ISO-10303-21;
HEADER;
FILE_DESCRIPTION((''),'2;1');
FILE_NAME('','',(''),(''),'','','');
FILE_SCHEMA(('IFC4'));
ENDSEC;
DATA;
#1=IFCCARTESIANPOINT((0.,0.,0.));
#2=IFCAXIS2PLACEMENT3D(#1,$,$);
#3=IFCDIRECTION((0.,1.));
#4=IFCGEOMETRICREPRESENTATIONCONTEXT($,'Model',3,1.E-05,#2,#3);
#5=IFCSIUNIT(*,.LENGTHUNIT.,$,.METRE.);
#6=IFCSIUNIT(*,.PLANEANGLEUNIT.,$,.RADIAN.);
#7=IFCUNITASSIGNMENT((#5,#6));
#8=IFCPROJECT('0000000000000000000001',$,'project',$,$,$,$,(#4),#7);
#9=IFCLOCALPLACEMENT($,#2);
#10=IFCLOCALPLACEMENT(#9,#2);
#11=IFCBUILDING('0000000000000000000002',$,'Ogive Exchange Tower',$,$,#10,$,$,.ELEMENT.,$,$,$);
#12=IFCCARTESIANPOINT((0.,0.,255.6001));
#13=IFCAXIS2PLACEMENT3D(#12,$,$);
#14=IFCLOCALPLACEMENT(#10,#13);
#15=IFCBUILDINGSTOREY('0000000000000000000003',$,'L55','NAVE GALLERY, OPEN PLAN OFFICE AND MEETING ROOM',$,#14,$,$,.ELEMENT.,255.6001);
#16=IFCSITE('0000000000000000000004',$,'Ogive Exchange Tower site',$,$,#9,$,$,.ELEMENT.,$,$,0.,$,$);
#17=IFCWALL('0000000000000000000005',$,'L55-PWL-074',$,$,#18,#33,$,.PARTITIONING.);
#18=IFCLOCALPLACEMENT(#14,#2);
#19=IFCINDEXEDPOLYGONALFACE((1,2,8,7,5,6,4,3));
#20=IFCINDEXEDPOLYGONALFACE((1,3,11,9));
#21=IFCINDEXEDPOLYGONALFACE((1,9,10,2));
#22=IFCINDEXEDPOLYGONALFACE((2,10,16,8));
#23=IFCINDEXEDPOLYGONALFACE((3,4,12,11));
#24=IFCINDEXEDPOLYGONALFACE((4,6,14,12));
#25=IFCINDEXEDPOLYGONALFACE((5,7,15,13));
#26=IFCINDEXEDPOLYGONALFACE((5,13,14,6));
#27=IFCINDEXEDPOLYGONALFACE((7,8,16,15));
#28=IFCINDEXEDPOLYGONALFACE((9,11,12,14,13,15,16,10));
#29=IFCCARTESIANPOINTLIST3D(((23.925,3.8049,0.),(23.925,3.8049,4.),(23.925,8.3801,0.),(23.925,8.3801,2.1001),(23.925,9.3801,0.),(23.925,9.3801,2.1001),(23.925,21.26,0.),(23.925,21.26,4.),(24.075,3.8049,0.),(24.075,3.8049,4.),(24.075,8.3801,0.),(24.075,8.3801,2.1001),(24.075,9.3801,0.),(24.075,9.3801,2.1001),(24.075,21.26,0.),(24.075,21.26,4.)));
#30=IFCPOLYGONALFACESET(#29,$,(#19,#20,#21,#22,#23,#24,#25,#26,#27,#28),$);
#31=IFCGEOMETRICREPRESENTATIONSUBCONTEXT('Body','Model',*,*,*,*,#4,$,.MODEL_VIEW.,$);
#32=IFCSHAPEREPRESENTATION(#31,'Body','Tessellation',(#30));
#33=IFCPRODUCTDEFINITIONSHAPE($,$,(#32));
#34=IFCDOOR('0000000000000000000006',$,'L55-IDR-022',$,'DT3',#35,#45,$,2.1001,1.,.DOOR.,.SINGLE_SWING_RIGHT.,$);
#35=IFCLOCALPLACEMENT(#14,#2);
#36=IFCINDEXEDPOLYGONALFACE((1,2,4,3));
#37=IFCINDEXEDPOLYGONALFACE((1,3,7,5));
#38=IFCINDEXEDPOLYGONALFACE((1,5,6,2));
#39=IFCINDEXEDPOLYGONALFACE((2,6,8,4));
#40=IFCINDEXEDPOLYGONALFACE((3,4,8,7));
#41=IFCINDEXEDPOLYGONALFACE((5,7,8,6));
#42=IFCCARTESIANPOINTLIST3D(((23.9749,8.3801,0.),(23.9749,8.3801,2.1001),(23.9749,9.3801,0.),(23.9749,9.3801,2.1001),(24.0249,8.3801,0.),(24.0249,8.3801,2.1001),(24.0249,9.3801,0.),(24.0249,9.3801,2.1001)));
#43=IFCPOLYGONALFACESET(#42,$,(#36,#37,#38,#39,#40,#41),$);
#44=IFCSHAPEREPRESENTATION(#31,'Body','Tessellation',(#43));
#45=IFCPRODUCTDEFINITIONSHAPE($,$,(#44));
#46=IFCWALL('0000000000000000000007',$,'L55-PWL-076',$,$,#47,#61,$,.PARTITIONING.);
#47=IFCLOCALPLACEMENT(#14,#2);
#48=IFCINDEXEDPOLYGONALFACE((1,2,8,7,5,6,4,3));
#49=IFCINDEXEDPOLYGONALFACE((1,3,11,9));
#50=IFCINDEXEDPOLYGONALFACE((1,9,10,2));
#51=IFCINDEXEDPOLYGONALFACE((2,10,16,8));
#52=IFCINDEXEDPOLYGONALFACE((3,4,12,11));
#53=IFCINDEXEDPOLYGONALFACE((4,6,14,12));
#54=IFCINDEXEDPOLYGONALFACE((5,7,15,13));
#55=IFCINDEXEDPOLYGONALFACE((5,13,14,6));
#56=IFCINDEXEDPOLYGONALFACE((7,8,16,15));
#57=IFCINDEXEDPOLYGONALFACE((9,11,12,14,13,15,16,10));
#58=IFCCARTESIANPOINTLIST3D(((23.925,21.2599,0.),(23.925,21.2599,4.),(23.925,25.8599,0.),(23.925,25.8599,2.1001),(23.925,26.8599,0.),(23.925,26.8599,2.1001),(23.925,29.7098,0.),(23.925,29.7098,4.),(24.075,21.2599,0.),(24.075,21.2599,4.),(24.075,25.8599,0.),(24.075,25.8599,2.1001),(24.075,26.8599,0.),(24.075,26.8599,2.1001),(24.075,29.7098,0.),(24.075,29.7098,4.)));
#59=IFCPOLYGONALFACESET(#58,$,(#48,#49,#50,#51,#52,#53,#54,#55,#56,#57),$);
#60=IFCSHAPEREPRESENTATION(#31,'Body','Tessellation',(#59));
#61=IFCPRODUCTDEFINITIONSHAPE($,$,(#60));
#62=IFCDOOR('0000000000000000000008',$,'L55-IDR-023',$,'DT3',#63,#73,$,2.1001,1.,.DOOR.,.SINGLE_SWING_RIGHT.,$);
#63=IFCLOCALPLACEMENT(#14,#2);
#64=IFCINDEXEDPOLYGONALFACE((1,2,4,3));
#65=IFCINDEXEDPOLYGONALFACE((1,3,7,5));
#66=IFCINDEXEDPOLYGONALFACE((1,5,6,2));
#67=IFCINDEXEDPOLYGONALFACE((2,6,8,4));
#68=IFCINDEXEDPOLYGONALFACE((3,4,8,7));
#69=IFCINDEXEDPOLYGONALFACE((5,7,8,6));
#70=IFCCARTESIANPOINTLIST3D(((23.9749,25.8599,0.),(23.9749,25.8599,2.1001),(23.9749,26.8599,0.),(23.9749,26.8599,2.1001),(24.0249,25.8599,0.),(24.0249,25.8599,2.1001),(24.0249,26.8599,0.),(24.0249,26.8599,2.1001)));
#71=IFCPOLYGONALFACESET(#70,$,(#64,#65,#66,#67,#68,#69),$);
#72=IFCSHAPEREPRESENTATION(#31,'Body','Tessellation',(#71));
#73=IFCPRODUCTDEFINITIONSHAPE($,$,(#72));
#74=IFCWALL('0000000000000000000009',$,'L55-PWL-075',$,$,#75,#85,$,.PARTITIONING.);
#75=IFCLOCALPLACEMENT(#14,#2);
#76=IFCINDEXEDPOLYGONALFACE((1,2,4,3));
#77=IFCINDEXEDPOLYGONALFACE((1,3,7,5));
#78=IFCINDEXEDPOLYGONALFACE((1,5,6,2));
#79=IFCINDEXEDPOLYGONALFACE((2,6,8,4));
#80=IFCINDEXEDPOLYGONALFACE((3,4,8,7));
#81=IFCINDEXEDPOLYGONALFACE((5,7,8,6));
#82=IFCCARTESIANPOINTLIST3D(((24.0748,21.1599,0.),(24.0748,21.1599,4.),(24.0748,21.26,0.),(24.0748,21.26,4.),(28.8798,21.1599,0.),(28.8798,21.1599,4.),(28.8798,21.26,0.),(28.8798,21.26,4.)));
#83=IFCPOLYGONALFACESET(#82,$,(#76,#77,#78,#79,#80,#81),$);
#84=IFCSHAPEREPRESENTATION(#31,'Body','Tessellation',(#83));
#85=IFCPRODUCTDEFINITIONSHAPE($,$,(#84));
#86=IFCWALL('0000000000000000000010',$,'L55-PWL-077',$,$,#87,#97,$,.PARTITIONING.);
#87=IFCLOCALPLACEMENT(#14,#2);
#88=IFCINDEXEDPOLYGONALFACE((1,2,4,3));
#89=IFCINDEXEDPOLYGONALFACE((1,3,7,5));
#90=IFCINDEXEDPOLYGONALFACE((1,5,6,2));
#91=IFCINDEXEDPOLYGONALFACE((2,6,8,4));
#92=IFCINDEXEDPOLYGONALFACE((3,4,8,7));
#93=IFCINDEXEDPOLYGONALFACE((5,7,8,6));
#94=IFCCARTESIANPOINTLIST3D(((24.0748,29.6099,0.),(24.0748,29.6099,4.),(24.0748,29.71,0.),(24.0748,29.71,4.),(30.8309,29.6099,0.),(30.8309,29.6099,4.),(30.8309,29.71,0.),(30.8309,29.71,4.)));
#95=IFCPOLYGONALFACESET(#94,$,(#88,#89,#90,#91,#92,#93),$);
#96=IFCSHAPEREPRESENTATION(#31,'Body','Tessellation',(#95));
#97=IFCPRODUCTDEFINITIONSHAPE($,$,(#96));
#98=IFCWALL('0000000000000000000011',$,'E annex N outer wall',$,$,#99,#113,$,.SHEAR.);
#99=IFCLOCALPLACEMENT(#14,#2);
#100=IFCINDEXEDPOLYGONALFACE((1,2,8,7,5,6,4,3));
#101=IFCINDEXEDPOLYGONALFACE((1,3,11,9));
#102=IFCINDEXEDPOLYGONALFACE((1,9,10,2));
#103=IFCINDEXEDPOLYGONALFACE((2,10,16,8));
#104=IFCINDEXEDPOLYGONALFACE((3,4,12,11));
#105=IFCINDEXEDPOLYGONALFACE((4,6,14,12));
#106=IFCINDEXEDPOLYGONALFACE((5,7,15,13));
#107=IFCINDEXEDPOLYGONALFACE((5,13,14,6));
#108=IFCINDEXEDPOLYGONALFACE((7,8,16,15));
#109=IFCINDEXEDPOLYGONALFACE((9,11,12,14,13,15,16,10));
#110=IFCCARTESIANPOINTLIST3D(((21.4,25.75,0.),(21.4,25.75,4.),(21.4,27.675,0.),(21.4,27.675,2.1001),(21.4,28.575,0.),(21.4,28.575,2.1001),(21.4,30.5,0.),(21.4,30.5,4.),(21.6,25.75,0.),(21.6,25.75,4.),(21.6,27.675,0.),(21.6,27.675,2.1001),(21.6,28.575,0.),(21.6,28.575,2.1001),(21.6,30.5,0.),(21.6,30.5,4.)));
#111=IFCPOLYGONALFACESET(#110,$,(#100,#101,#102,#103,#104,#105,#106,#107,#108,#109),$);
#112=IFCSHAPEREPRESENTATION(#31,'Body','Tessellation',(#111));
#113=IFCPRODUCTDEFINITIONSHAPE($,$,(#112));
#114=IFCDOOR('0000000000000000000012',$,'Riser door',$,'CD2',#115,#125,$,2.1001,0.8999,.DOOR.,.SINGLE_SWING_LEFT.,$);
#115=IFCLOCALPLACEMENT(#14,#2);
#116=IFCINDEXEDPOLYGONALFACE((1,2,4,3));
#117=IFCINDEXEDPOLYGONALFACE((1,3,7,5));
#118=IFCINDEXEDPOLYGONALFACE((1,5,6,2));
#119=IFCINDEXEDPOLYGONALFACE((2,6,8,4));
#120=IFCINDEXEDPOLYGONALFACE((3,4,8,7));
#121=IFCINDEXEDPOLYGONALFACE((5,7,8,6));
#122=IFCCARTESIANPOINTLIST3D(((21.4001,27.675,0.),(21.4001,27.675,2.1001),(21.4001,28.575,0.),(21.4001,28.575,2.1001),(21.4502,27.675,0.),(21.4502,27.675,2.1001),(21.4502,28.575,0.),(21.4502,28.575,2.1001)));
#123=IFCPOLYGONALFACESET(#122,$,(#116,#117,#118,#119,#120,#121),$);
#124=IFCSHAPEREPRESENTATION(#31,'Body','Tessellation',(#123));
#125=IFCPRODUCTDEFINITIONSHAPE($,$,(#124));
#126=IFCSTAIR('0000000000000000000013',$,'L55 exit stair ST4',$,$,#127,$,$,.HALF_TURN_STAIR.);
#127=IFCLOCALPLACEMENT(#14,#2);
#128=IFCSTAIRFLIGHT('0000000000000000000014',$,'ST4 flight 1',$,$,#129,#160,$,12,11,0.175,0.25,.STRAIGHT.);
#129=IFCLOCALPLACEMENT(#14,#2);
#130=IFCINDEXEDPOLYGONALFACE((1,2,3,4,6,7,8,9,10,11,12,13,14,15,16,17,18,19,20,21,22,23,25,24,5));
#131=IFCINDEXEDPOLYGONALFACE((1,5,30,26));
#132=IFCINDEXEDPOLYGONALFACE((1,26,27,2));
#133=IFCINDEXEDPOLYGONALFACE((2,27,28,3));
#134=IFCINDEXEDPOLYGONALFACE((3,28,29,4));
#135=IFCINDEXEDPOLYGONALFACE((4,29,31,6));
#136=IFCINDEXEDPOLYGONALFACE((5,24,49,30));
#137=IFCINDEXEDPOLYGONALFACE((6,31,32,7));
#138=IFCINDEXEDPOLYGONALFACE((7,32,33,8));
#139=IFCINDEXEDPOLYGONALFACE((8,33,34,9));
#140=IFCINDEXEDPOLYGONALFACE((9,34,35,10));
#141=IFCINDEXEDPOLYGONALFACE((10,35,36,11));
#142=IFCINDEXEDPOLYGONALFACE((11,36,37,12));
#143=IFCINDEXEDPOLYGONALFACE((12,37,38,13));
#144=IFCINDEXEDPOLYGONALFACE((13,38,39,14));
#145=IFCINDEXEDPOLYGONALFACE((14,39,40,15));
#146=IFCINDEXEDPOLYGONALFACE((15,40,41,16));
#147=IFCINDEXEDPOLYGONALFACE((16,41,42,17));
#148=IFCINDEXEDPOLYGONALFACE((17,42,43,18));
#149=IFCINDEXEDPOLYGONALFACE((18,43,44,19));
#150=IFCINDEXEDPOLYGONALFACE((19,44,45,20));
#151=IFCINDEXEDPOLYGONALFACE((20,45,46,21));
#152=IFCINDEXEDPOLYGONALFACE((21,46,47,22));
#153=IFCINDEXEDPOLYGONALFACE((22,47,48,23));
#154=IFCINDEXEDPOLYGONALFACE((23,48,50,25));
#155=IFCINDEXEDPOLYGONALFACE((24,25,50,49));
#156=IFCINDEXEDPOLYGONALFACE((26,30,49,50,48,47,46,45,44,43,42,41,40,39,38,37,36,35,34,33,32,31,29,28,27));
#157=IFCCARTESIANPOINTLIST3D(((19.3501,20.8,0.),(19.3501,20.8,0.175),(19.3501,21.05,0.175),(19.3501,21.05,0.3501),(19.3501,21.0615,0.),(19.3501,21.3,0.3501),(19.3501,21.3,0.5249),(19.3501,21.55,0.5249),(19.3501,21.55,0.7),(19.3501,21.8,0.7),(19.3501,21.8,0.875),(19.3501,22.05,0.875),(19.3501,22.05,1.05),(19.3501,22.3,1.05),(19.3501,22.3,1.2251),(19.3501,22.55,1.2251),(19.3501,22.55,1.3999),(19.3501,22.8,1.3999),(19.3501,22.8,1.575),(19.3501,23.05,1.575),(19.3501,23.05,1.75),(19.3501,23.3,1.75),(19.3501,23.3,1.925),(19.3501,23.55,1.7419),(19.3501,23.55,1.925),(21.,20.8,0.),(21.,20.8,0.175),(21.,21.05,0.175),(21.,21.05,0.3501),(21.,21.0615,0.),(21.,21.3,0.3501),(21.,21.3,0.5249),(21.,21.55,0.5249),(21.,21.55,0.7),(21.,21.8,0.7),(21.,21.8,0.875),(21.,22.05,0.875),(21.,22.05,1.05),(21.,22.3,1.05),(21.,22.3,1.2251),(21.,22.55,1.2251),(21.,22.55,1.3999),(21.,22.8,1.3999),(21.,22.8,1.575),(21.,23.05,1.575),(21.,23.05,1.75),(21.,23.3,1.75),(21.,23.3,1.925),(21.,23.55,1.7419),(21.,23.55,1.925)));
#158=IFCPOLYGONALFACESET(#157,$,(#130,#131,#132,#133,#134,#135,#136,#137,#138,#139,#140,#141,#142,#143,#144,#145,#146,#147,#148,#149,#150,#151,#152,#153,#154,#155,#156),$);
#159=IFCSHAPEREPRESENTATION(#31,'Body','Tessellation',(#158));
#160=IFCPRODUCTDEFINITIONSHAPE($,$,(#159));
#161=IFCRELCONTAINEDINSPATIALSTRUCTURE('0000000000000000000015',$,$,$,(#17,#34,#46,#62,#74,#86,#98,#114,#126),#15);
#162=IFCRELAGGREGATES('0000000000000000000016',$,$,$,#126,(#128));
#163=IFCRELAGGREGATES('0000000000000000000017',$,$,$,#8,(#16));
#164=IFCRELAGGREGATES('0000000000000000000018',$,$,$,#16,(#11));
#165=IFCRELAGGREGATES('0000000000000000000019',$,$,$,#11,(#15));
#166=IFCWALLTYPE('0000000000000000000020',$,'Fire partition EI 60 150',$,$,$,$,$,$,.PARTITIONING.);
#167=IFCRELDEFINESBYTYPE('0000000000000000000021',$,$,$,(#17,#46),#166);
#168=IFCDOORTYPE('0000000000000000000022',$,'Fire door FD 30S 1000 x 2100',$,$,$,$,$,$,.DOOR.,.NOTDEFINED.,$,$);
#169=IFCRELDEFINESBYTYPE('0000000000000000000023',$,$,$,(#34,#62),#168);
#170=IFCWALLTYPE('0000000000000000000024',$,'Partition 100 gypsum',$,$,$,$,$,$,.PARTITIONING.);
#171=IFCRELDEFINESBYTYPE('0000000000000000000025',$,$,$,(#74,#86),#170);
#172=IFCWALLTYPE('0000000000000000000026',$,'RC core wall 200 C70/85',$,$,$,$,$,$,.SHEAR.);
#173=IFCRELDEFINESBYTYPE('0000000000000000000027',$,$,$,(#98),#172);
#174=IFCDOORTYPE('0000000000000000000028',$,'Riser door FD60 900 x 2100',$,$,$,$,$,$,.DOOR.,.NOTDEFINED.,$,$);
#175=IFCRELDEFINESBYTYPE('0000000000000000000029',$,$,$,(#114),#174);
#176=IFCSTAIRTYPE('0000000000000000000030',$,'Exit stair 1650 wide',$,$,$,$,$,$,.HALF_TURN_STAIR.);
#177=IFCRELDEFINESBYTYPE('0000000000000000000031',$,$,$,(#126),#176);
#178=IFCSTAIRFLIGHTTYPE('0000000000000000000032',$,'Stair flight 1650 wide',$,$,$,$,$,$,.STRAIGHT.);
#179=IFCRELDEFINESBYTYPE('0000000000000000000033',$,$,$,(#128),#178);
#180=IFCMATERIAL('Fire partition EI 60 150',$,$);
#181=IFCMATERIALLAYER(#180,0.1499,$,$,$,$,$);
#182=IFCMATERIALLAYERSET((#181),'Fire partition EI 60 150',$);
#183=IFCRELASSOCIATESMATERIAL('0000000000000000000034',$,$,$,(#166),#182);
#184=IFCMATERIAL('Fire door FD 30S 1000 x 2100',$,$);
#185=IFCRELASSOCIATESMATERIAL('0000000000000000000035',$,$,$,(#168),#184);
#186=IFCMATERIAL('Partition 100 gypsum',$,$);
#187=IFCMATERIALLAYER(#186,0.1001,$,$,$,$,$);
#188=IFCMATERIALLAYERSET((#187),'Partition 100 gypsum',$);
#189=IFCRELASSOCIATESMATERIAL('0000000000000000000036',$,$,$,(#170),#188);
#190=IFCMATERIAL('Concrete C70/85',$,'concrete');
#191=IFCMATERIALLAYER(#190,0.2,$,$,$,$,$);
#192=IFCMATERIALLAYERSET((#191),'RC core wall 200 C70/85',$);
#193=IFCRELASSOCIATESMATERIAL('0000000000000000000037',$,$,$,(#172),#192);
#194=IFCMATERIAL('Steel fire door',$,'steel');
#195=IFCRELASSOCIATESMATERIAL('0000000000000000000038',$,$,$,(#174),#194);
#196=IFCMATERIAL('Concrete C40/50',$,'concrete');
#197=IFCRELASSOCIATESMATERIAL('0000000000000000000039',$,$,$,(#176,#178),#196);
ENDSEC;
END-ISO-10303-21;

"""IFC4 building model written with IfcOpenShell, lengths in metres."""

from ifc_helpers import new_model, si_unit, direction, frame, frame_2d, origin, place, context, subcontext, project, spatial, polyline, rectangle, outline, extrude, material, layer, layer_set, type_object, element, fill, aggregate, save


model = new_model("IFC4")

# Units and contexts
model_context = context("Model", 3, precision=1e-05, world=origin(), true_north=direction((0.0, 1.0)))
body_context = subcontext(model_context, "Body", "Model", "MODEL_VIEW")
ifc_project = project(units=[si_unit("LENGTHUNIT", "METRE"), si_unit("PLANEANGLEUNIT", "RADIAN")], contexts=[model_context])

# Site, building, storey
site_placement = place(None, origin())
site = spatial("IfcSite", under=ifc_project, at=site_placement, Name="Ogive Exchange Tower site", CompositionType="ELEMENT", RefElevation=0.0)
building_placement = place(site_placement, origin())
building = spatial("IfcBuilding", under=site, at=building_placement, Name="Ogive Exchange Tower", CompositionType="ELEMENT")
storey_placement = place(building_placement, frame((0.0, 0.0, 255.6001)))
storey = spatial("IfcBuildingStorey", under=building, at=storey_placement, Name="L55", Description="NAVE GALLERY, OPEN PLAN OFFICE AND MEETING ROOM", CompositionType="ELEMENT", Elevation=255.6001)

# Shared definitions
ifc_material_1 = material(Name="Fire partition EI 60 150")
ifc_layer_1 = layer(ifc_material_1, 0.1499)
ifc_layer_set_1 = layer_set([ifc_layer_1], Name="Fire partition EI 60 150")
wall_type_1 = type_object("IfcWallType", Name="Fire partition EI 60 150", PredefinedType="PARTITIONING", material=ifc_layer_set_1)

# Walls, openings, doors
wall_1_placement = place(storey_placement, frame((24.0, 21.26, 0.0), z_axis=(0.0, 0.0, 1.0), x_axis=(0.0, -1.0, 0.0)))
wall_1 = element("IfcWall", 1, at=wall_1_placement, inside=storey, type_object=wall_type_1, Name="L55-PWL-074", PredefinedType="PARTITIONING", context=body_context, shape_type="SweptSolid", body=[
    extrude(rectangle(XDim=17.4551, YDim=0.1499, at=frame_2d((8.7275, 0.0))), origin(), (0.0, 0.0, 1.0), 4.0),
])
opening_1_placement = place(wall_1_placement, frame((11.8799, 0.0, 0.0)))
opening_1 = element("IfcOpeningElement", 2, at=opening_1_placement, cuts=wall_1, PredefinedType="OPENING", context=body_context, shape_type="SweptSolid", body=[
    extrude(rectangle(XDim=1.0, YDim=2.1001, at=frame_2d((0.5, 1.05))), frame((0.0, 0.085, 0.0), z_axis=(0.0, -1.0, 0.0), x_axis=(1.0, 0.0, 0.0)), (0.0, 0.0, 1.0), 0.1699),
])
ifc_material_2 = material(Name="Fire door FD 30S 1000 x 2100")
door_type_1 = type_object("IfcDoorType", Name="Fire door FD 30S 1000 x 2100", OperationType="NOTDEFINED", PredefinedType="DOOR", material=ifc_material_2)
door_1_placement = place(opening_1_placement, origin())
door_1 = element("IfcDoor", 3, at=door_1_placement, inside=storey, type_object=door_type_1, Name="L55-IDR-022", ObjectType="DT3", OperationType="SINGLE_SWING_RIGHT", OverallHeight=2.1001, OverallWidth=1.0, PredefinedType="DOOR", context=body_context, shape_type="SweptSolid", body=[
    extrude(rectangle(XDim=1.0, YDim=2.1001, at=frame_2d((0.5, 1.05))), frame((0.0, 0.0249, 0.0), z_axis=(0.0, -1.0, 0.0), x_axis=(1.0, 0.0, 0.0)), (0.0, 0.0, 1.0), 0.05),
])
fill(opening_1, door_1)
wall_2_placement = place(storey_placement, frame((24.0, 29.71, 0.0), z_axis=(0.0, 0.0, 1.0), x_axis=(0.0, -1.0, 0.0)))
wall_2 = element("IfcWall", 4, at=wall_2_placement, inside=storey, type_object=wall_type_1, Name="L55-PWL-076", PredefinedType="PARTITIONING", context=body_context, shape_type="SweptSolid", body=[
    extrude(rectangle(XDim=8.45, YDim=0.1499, at=frame_2d((4.2251, 0.0))), origin(), (0.0, 0.0, 1.0), 4.0),
])
opening_2_placement = place(wall_2_placement, frame((2.8501, 0.0, 0.0)))
opening_2 = element("IfcOpeningElement", 5, at=opening_2_placement, cuts=wall_2, PredefinedType="OPENING", context=body_context, shape_type="SweptSolid", body=[
    extrude(rectangle(XDim=1.0, YDim=2.1001, at=frame_2d((0.5, 1.05))), frame((0.0, 0.085, 0.0), z_axis=(0.0, -1.0, 0.0), x_axis=(1.0, 0.0, 0.0)), (0.0, 0.0, 1.0), 0.1699),
])
door_2_placement = place(opening_2_placement, origin())
door_2 = element("IfcDoor", 6, at=door_2_placement, inside=storey, type_object=door_type_1, Name="L55-IDR-023", ObjectType="DT3", OperationType="SINGLE_SWING_RIGHT", OverallHeight=2.1001, OverallWidth=1.0, PredefinedType="DOOR", context=body_context, shape_type="SweptSolid", body=[
    extrude(rectangle(XDim=1.0, YDim=2.1001, at=frame_2d((0.5, 1.05))), frame((0.0, 0.0249, 0.0), z_axis=(0.0, -1.0, 0.0), x_axis=(1.0, 0.0, 0.0)), (0.0, 0.0, 1.0), 0.05),
])
fill(opening_2, door_2)

# Walls
ifc_material_3 = material(Name="Partition 100 gypsum")
ifc_layer_2 = layer(ifc_material_3, 0.1001)
ifc_layer_set_2 = layer_set([ifc_layer_2], Name="Partition 100 gypsum")
wall_type_2 = type_object("IfcWallType", Name="Partition 100 gypsum", PredefinedType="PARTITIONING", material=ifc_layer_set_2)
wall_3_placement = place(storey_placement, frame((24.075, 21.21, 0.0), z_axis=(0.0, 0.0, 1.0), x_axis=(1.0, 0.0, 0.0)))
element("IfcWall", 7, at=wall_3_placement, inside=storey, type_object=wall_type_2, Name="L55-PWL-075", PredefinedType="PARTITIONING", context=body_context, shape_type="SweptSolid", body=[
    extrude(rectangle(XDim=4.8049, YDim=0.1001, at=frame_2d((2.4023, 0.0))), origin(), (0.0, 0.0, 1.0), 4.0),
])
wall_4_placement = place(storey_placement, frame((24.075, 29.6599, 0.0), z_axis=(0.0, 0.0, 1.0), x_axis=(1.0, 0.0, 0.0)))
element("IfcWall", 8, at=wall_4_placement, inside=storey, type_object=wall_type_2, Name="L55-PWL-077", PredefinedType="PARTITIONING", context=body_context, shape_type="SweptSolid", body=[
    extrude(rectangle(XDim=6.7561, YDim=0.1001, at=frame_2d((3.3779, 0.0))), origin(), (0.0, 0.0, 1.0), 4.0),
])

# Wall, opening, door
ifc_material_4 = material(Name="Concrete C70/85", Category="concrete")
ifc_layer_3 = layer(ifc_material_4, 0.2)
ifc_layer_set_3 = layer_set([ifc_layer_3], Name="RC core wall 200 C70/85")
wall_type_3 = type_object("IfcWallType", Name="RC core wall 200 C70/85", PredefinedType="SHEAR", material=ifc_layer_set_3)
wall_5_placement = place(storey_placement, frame((21.5, 25.75, 0.0), z_axis=(0.0, 0.0, 1.0), x_axis=(0.0, 1.0, 0.0)))
wall_5 = element("IfcWall", 9, at=wall_5_placement, inside=storey, type_object=wall_type_3, Name="E annex N outer wall", PredefinedType="SHEAR", context=body_context, shape_type="SweptSolid", body=[
    extrude(rectangle(XDim=4.75, YDim=0.2, at=frame_2d((2.375, 0.0))), origin(), (0.0, 0.0, 1.0), 4.0),
])
opening_3_placement = place(wall_5_placement, frame((1.925, 0.0, 0.0)))
opening_3 = element("IfcOpeningElement", 10, at=opening_3_placement, cuts=wall_5, PredefinedType="OPENING", context=body_context, shape_type="SweptSolid", body=[
    extrude(rectangle(XDim=0.8999, YDim=2.1001, at=frame_2d((0.45, 1.05))), frame((0.0, 0.1099, 0.0), z_axis=(0.0, -1.0, 0.0), x_axis=(1.0, 0.0, 0.0)), (0.0, 0.0, 1.0), 0.22),
])
ifc_material_5 = material(Name="Steel fire door", Category="steel")
door_type_2 = type_object("IfcDoorType", Name="Riser door FD60 900 x 2100", OperationType="NOTDEFINED", PredefinedType="DOOR", material=ifc_material_5)
door_3_placement = place(opening_3_placement, frame((0.8999, 0.1499, 0.0), z_axis=(0.0, 0.0, 1.0), x_axis=(-1.0, 0.0, 0.0)))
door_3 = element("IfcDoor", 11, at=door_3_placement, inside=storey, type_object=door_type_2, Name="Riser door", ObjectType="CD2", OperationType="SINGLE_SWING_LEFT", OverallHeight=2.1001, OverallWidth=0.8999, PredefinedType="DOOR", context=body_context, shape_type="SweptSolid", body=[
    extrude(rectangle(XDim=0.8999, YDim=2.1001, at=frame_2d((0.45, 1.05))), frame((0.0, 0.1001, 0.0), z_axis=(0.0, -1.0, 0.0), x_axis=(1.0, 0.0, 0.0)), (0.0, 0.0, 1.0), 0.05),
])
fill(opening_3, door_3)

# Stair, stair flight
ifc_material_6 = material(Name="Concrete C40/50", Category="concrete")
stair_type = type_object("IfcStairType", Name="Exit stair 1650 wide", PredefinedType="HALF_TURN_STAIR", material=ifc_material_6)
stair_placement = place(storey_placement, origin())
stair = element("IfcStair", 12, at=stair_placement, inside=storey, type_object=stair_type, Name="L55 exit stair ST4", PredefinedType="HALF_TURN_STAIR")
stair_flight_type = type_object("IfcStairFlightType", Name="Stair flight 1650 wide", PredefinedType="STRAIGHT", material=ifc_material_6)
stair_flight_1_placement = place(storey_placement, frame((20.175, 20.8, 0.0), z_axis=(0.0, 0.0, 1.0), x_axis=(0.0, 1.0, 0.0)))
stair_flight_1 = element("IfcStairFlight", 13, at=stair_flight_1_placement, type_object=stair_flight_type, Name="ST4 flight 1", NumberOfRisers=12, NumberOfTreads=11, PredefinedType="STRAIGHT", RiserHeight=0.175, TreadLength=0.25, context=body_context, shape_type="SweptSolid", body=[
    extrude(outline(polyline([(0.0, 0.0), (0.0, 0.175), (0.25, 0.175), (0.25, 0.3501), (0.5, 0.3501), (0.5, 0.5249), (0.75, 0.5249), (0.75, 0.7), (1.0, 0.7), (1.0, 0.875), (1.25, 0.875), (1.25, 1.05), (1.5, 1.05), (1.5, 1.2251), (1.75, 1.2251), (1.75, 1.3999), (2.0, 1.3999), (2.0, 1.575), (2.25, 1.575), (2.25, 1.75), (2.5, 1.75), (2.5, 1.925), (2.75, 1.925), (2.75, 2.1001), (2.75, 1.7419), (0.2615, 0.0), (0.0, 0.0)])), frame((0.0, 0.825, 0.0), z_axis=(0.0, -1.0, 0.0), x_axis=(1.0, 0.0, 0.0)), (0.0, 0.0, 1.0), 1.6499),
])
aggregate(stair, [stair_flight_1])

save(model, "model.ifc")
